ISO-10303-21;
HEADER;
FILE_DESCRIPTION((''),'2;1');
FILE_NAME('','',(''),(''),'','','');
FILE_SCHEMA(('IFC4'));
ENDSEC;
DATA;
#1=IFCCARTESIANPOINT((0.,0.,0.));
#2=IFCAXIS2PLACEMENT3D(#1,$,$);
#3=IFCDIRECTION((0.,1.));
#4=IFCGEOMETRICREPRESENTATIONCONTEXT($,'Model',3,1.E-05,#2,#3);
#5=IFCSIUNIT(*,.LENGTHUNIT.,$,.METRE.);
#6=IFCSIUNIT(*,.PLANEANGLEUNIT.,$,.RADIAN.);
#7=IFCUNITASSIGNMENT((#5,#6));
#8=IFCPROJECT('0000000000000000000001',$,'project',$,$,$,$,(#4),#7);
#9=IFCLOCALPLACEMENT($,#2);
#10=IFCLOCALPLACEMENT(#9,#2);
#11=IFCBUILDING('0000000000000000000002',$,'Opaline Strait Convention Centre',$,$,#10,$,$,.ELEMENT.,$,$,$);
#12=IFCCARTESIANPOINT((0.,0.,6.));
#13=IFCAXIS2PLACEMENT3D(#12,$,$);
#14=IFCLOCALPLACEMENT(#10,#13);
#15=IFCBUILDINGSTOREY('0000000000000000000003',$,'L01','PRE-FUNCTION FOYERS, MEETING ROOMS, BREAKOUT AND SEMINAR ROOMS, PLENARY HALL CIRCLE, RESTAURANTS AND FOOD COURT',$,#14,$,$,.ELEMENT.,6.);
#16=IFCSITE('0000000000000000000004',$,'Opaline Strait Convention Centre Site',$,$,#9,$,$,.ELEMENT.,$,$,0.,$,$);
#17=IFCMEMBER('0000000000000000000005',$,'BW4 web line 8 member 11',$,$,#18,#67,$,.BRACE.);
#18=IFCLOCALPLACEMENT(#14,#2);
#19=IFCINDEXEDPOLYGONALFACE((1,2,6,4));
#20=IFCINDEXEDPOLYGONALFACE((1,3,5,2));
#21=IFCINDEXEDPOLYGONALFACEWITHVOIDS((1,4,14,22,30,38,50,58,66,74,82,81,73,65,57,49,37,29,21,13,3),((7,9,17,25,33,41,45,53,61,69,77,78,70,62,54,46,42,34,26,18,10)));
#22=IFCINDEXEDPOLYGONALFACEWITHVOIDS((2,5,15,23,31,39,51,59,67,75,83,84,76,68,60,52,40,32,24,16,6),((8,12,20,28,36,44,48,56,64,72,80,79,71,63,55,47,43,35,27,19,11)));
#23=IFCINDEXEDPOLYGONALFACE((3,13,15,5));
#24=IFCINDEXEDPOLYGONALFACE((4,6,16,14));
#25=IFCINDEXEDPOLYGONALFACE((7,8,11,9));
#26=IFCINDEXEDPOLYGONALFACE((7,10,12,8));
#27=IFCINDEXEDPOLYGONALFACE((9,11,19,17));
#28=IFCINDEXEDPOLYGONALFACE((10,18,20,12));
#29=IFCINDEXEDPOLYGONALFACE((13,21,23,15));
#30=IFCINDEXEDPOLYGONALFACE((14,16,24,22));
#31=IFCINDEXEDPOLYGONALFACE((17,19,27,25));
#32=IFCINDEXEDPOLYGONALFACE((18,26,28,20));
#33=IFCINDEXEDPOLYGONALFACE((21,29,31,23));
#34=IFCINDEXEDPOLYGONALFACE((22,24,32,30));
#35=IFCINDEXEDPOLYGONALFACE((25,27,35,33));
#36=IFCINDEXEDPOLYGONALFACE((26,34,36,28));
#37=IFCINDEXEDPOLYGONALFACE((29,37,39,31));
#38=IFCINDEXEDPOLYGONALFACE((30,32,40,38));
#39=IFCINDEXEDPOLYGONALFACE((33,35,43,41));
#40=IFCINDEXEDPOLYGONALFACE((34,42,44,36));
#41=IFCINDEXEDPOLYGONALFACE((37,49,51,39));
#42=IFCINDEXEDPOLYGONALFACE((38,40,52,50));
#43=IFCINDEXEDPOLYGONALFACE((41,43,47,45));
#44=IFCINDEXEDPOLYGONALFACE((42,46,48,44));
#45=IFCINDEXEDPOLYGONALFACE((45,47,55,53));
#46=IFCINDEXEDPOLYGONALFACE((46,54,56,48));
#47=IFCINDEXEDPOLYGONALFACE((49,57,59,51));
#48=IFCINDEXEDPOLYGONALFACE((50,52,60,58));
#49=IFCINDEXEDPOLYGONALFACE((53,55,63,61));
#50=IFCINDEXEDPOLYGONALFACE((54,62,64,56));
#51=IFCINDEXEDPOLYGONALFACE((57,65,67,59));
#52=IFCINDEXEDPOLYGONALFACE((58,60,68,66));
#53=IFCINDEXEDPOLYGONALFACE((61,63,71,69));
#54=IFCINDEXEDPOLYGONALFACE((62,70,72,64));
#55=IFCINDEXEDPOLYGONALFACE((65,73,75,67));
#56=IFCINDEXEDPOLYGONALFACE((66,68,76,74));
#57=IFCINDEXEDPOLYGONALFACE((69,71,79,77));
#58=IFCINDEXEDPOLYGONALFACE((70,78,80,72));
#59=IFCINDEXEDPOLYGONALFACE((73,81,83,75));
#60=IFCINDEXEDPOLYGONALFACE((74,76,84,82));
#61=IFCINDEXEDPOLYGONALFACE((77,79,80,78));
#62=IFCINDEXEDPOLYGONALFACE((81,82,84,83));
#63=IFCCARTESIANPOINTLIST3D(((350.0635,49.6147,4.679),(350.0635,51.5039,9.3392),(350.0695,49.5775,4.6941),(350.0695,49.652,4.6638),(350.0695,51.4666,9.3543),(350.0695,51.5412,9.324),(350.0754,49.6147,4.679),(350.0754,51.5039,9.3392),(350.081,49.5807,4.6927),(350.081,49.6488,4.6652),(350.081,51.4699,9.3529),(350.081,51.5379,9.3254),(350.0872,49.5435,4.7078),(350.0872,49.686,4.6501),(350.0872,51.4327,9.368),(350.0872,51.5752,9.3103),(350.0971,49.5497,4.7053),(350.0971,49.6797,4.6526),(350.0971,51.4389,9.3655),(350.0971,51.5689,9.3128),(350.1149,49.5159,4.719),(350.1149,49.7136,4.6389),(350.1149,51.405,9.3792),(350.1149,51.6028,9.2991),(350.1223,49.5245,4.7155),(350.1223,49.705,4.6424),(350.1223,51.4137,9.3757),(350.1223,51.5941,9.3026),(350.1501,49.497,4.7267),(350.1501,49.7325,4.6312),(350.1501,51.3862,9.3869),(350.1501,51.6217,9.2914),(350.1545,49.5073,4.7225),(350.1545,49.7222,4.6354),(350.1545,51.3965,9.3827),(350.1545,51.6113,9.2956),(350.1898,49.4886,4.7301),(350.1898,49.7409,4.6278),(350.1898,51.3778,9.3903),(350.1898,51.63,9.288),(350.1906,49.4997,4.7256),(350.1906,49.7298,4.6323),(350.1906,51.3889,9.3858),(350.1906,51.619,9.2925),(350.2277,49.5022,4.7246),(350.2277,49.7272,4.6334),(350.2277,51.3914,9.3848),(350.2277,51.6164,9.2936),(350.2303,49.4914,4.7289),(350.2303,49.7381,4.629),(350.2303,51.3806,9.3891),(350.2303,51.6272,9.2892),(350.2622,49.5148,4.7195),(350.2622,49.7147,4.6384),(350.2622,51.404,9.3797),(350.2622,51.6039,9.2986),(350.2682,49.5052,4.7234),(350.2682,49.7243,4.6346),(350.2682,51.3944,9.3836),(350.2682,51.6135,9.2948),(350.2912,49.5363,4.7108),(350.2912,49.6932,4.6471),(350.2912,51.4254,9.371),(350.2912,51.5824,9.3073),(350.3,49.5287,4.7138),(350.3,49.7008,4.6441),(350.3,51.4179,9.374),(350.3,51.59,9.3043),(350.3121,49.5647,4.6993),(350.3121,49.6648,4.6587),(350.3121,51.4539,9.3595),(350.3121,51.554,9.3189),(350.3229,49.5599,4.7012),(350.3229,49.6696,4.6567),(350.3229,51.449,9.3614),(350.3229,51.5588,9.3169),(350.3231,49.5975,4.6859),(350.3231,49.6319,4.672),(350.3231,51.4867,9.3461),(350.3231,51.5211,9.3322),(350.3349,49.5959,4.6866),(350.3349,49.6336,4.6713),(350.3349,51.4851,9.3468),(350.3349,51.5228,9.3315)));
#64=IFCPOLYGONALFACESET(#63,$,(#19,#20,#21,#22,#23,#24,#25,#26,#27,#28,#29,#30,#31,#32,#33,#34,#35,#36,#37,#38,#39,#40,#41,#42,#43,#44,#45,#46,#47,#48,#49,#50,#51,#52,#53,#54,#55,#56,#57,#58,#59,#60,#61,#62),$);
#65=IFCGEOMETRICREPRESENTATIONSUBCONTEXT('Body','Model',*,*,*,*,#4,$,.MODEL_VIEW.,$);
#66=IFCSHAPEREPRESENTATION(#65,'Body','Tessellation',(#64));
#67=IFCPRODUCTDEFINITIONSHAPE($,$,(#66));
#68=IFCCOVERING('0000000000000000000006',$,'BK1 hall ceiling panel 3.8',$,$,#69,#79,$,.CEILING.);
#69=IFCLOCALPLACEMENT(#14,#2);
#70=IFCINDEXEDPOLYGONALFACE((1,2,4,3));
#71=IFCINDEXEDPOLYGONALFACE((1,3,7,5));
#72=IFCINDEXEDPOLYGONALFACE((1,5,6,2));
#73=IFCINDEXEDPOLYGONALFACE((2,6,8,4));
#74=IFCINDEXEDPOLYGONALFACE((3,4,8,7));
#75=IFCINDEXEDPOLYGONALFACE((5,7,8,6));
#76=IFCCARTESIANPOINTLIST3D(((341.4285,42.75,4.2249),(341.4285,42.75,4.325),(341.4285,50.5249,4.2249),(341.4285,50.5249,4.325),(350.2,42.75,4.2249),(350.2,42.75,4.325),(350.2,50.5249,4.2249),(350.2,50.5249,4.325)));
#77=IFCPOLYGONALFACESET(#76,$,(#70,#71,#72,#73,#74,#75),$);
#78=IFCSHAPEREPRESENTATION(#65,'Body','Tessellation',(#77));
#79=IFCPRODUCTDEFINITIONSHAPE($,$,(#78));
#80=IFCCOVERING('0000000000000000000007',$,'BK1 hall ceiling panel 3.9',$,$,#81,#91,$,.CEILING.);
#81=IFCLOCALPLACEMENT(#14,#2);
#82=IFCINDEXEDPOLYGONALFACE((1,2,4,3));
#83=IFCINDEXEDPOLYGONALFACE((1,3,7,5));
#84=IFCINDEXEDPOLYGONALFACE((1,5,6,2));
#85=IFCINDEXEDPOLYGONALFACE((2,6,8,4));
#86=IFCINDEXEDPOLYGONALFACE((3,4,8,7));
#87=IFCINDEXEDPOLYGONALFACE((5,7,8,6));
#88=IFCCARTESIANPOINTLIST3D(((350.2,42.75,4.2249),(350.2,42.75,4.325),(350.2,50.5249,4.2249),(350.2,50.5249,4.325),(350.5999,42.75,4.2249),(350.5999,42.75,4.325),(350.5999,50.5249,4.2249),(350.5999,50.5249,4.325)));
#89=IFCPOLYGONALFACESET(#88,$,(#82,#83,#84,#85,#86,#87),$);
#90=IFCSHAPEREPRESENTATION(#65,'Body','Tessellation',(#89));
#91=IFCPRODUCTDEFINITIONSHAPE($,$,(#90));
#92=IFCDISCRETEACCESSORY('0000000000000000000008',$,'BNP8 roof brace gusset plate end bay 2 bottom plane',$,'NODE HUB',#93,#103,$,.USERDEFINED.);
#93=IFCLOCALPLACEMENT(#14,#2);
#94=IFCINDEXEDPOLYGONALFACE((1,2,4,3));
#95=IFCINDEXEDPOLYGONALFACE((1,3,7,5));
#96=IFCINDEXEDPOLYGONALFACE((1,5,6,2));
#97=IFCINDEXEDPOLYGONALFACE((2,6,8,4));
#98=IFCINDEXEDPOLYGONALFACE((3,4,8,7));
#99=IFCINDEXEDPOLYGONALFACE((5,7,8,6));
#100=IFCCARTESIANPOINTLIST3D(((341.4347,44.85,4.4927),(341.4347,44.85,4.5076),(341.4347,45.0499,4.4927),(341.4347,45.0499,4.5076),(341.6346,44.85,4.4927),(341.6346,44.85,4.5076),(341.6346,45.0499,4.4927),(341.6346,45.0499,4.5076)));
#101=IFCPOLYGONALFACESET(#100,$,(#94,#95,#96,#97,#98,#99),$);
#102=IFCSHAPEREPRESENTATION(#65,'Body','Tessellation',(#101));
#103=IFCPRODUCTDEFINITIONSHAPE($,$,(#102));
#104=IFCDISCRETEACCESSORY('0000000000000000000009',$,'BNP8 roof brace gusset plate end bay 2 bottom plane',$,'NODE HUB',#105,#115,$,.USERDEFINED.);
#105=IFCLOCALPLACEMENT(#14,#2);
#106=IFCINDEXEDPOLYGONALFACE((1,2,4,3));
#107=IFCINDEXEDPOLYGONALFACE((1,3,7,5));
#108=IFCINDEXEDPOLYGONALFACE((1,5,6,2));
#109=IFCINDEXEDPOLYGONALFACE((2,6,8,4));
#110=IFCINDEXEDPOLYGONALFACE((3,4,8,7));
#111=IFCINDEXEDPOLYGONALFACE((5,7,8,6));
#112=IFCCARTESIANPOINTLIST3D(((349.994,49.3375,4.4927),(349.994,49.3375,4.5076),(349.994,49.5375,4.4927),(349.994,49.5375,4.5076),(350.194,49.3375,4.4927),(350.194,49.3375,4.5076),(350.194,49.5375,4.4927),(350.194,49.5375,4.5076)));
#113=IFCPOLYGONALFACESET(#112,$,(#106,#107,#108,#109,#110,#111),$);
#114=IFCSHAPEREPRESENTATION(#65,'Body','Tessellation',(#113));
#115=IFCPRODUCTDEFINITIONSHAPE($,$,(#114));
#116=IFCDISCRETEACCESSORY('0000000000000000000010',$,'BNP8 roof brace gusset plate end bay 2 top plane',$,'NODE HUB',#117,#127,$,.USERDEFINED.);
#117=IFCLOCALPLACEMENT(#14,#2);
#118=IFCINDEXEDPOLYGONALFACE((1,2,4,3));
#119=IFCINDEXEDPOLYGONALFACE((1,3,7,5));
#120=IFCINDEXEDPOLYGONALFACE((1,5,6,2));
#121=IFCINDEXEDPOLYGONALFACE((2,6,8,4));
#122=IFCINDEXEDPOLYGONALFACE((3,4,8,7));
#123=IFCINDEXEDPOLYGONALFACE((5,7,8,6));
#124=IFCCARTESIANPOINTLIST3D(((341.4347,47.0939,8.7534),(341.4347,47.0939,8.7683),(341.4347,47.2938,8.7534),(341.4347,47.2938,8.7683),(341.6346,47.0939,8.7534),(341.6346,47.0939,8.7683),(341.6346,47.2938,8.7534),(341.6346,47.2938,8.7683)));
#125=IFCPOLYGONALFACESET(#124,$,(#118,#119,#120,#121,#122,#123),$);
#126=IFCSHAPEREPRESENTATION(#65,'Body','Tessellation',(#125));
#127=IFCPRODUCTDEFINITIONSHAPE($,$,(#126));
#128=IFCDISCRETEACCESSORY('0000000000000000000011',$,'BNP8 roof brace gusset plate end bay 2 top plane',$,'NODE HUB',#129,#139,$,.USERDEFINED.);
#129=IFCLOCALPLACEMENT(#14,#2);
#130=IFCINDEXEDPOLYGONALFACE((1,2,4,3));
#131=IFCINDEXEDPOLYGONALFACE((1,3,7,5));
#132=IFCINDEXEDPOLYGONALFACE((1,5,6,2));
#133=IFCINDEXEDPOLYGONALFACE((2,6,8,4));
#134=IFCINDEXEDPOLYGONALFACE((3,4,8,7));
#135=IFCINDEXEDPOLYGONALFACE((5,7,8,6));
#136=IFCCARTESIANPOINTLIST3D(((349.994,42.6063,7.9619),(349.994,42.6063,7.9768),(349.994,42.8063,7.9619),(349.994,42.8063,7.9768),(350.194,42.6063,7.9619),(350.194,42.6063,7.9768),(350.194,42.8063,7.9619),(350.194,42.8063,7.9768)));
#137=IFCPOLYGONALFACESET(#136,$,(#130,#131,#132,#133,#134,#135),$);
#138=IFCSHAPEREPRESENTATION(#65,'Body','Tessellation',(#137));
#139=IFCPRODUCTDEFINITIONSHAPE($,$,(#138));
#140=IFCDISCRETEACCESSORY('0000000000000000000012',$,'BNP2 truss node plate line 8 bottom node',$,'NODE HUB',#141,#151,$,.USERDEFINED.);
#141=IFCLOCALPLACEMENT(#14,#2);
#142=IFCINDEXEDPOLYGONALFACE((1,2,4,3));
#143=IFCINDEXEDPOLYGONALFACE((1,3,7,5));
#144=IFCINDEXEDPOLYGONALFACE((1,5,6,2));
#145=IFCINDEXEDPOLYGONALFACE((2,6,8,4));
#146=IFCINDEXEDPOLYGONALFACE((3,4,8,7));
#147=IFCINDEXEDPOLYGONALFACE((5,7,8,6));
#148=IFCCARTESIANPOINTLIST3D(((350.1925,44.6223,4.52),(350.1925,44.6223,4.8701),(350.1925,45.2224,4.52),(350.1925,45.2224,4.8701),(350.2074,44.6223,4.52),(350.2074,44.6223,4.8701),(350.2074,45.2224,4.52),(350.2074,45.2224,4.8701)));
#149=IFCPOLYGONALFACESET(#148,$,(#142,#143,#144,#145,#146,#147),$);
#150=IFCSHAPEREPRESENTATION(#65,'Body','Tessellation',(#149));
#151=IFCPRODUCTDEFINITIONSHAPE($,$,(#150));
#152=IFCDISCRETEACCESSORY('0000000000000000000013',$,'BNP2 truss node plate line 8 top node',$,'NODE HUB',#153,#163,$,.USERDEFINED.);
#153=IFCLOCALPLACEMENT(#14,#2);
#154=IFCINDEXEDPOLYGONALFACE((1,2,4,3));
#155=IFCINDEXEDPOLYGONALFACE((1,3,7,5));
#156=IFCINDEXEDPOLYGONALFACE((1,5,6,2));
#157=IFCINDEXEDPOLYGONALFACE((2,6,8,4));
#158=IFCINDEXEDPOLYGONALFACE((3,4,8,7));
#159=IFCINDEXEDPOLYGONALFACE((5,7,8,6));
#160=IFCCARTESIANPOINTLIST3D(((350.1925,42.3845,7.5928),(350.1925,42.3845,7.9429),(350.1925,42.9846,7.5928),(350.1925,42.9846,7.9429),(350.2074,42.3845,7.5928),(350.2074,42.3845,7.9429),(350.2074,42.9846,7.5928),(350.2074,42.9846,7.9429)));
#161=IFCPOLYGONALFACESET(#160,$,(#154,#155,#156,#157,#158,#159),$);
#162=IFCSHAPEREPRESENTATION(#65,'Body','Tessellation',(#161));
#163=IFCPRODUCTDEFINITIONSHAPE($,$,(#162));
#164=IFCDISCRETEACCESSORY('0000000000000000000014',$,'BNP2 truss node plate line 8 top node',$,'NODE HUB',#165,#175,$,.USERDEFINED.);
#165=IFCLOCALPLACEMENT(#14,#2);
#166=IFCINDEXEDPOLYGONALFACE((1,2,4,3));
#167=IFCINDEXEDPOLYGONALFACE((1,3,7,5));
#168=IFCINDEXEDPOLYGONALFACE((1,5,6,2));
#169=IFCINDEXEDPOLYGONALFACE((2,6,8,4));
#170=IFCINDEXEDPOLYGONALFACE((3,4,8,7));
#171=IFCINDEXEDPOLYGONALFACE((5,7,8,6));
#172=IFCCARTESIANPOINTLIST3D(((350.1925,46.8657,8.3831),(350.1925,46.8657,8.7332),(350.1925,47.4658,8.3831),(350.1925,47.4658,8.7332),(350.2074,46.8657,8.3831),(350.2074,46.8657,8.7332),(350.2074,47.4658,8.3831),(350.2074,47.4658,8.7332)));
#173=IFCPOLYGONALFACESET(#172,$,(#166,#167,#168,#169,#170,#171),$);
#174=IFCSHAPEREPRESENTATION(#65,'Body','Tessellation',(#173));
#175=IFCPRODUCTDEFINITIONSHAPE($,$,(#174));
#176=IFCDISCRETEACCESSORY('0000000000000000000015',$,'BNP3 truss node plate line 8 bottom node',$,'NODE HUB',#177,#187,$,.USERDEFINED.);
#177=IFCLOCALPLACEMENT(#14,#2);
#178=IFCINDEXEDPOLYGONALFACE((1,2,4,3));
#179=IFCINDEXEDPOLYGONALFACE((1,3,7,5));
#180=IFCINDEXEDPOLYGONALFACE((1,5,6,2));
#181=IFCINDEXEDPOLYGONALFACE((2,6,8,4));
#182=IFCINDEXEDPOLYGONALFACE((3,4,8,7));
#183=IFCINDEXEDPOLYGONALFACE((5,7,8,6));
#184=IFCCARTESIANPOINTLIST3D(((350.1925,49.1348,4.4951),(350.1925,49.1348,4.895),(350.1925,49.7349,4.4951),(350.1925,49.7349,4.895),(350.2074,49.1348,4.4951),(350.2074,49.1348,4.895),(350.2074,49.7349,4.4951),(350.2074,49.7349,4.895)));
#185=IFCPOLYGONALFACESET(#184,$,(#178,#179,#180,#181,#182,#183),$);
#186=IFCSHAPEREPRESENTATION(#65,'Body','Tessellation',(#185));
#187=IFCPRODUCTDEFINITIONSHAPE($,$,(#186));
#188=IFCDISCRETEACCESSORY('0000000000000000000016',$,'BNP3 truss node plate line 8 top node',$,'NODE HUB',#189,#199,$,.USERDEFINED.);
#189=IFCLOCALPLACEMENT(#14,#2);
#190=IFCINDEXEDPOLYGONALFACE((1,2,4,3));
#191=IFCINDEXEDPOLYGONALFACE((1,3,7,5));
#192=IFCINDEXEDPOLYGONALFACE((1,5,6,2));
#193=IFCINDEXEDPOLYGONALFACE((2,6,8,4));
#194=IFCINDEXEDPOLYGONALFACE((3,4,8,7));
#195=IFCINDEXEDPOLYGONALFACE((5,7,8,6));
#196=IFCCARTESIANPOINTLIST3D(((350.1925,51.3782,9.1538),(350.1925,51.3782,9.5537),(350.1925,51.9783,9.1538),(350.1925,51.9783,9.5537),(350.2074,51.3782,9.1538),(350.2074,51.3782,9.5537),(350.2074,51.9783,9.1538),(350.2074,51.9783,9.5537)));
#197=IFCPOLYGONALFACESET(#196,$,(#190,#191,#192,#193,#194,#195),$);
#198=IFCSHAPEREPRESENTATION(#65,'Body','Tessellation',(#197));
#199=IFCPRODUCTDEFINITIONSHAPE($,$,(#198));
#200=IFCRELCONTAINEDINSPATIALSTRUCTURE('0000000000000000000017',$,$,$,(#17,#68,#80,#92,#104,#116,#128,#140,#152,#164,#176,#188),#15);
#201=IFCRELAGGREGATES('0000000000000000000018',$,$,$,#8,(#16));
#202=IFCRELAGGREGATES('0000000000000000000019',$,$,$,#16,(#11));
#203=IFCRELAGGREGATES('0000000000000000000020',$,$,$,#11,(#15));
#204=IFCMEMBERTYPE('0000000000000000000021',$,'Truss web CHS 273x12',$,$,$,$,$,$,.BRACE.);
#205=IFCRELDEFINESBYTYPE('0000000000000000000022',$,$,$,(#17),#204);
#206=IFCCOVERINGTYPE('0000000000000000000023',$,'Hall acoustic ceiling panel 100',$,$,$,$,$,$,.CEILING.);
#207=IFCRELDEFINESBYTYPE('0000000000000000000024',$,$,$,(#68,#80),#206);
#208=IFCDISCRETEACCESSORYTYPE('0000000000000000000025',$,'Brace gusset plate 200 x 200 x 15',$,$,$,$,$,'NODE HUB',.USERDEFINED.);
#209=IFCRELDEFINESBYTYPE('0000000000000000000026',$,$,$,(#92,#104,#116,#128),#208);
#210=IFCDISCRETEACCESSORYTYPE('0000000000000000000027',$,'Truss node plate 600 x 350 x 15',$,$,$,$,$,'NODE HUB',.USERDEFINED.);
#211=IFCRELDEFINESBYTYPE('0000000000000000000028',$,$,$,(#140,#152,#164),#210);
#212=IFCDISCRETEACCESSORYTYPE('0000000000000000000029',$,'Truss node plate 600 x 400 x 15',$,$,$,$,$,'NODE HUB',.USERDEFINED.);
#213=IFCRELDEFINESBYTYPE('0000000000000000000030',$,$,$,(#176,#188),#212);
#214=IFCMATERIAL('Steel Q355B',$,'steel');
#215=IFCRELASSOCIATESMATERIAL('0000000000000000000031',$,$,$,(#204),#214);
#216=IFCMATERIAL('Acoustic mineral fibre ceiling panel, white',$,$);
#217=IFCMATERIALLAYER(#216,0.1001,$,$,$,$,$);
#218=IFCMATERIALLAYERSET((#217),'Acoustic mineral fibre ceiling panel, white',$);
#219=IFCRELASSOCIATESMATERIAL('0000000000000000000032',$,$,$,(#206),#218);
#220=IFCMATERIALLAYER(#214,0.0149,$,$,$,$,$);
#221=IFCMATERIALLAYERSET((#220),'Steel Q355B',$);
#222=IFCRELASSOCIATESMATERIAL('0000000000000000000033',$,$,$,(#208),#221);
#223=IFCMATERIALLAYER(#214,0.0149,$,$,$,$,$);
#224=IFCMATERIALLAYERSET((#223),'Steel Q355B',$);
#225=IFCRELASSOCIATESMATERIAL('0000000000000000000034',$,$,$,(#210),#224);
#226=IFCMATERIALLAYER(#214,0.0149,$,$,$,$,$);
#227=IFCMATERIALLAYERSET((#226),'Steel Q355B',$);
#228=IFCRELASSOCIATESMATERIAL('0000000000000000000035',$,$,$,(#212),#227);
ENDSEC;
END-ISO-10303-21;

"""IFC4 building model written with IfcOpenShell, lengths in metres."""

from ifc_helpers import new_model, si_unit, direction, frame, origin, origin_2d, place, context, subcontext, project, spatial, rectangle, hollow_circle, extrude, material, layer, layer_set, material_profile, profile_set, type_object, element, save


model = new_model("IFC4")

# Units and contexts
model_context = context("Model", 3, precision=1e-05, world=origin(), true_north=direction((0.0, 1.0)))
body_context = subcontext(model_context, "Body", "Model", "MODEL_VIEW")
ifc_project = project(units=[si_unit("LENGTHUNIT", "METRE"), si_unit("PLANEANGLEUNIT", "RADIAN")], contexts=[model_context])

# Site, building, storey
site_placement = place(None, origin())
site = spatial("IfcSite", under=ifc_project, at=site_placement, Name="Opaline Strait Convention Centre Site", CompositionType="ELEMENT", RefElevation=0.0)
building_placement = place(site_placement, origin())
building = spatial("IfcBuilding", under=site, at=building_placement, Name="Opaline Strait Convention Centre", CompositionType="ELEMENT")
storey_placement = place(building_placement, frame((0.0, 0.0, 6.0)))
storey = spatial("IfcBuildingStorey", under=building, at=storey_placement, Name="L01", Description="PRE-FUNCTION FOYERS, MEETING ROOMS, BREAKOUT AND SEMINAR ROOMS, PLENARY HALL CIRCLE, RESTAURANTS AND FOOD COURT", CompositionType="ELEMENT", Elevation=6.0)

# Member
ifc_material_1 = material(Name="Steel Q355B", Category="steel")
ifc_material_profile_1 = material_profile(ifc_material_1, hollow_circle(Radius=0.1365, WallThickness=0.012, at=origin_2d()), Name="CHS 273x12")
ifc_profile_set_1 = profile_set([ifc_material_profile_1], Name="Steel Q355B")
member_type_1 = type_object("IfcMemberType", Name="Truss web CHS 273x12", PredefinedType="BRACE", material=ifc_profile_set_1)
member_1_placement = place(storey_placement, frame((350.2, 49.6147, 4.679), z_axis=(0.0, 0.375689, 0.926746), x_axis=(-1.0, 0.0, 0.0)))
element("IfcMember", 1, at=member_1_placement, inside=storey, type_object=member_type_1, Name="BW4 web line 8 member 11", PredefinedType="BRACE", context=body_context, shape_type="SweptSolid", body=[
    extrude(hollow_circle(Radius=0.1365, WallThickness=0.012, at=origin_2d()), origin(), (0.0, 0.0, 1.0), 5.0286),
])

# Coverings
ifc_material_2 = material(Name="Acoustic mineral fibre ceiling panel, white")
ifc_layer_1 = layer(ifc_material_2, 0.1001)
ifc_layer_set_1 = layer_set([ifc_layer_1], Name="Acoustic mineral fibre ceiling panel, white")
covering_type = type_object("IfcCoveringType", Name="Hall acoustic ceiling panel 100", PredefinedType="CEILING", material=ifc_layer_set_1)
covering_1_placement = place(storey_placement, frame((345.8142, 46.6375, 4.2249), z_axis=(0.0, 0.0, 1.0), x_axis=(1.0, 0.0, 0.0)))
element("IfcCovering", 2, at=covering_1_placement, inside=storey, type_object=covering_type, Name="BK1 hall ceiling panel 3.8", PredefinedType="CEILING", context=body_context, shape_type="SweptSolid", body=[
    extrude(rectangle(XDim=8.7715, YDim=7.7749, at=origin_2d()), origin(), (0.0, 0.0, 1.0), 0.1001),
])
covering_2_placement = place(storey_placement, frame((350.3999, 46.6375, 4.2249), z_axis=(0.0, 0.0, 1.0), x_axis=(1.0, 0.0, 0.0)))
element("IfcCovering", 3, at=covering_2_placement, inside=storey, type_object=covering_type, Name="BK1 hall ceiling panel 3.9", PredefinedType="CEILING", context=body_context, shape_type="SweptSolid", body=[
    extrude(rectangle(XDim=0.3999, YDim=7.7749, at=origin_2d()), origin(), (0.0, 0.0, 1.0), 0.1001),
])

# Discrete accessories
ifc_layer_2 = layer(ifc_material_1, 0.0149)
ifc_layer_set_2 = layer_set([ifc_layer_2], Name="Steel Q355B")
discrete_accessory_type_1 = type_object("IfcDiscreteAccessoryType", Name="Brace gusset plate 200 x 200 x 15", ElementType="NODE HUB", PredefinedType="USERDEFINED", material=ifc_layer_set_2)
for number, where, z_axis, x_axis, name in (
    (4, (341.5347, 44.95, 4.4927), (0.0, 0.0, 1.0), (1.0, 0.0, 0.0), "BNP8 roof brace gusset plate end bay 2 bottom plane"),
    (5, (350.094, 49.4375, 4.4927), (0.0, 0.0, 1.0), (1.0, 0.0, 0.0), "BNP8 roof brace gusset plate end bay 2 bottom plane"),
    (6, (341.5347, 47.1938, 8.7534), (0.0, 0.0, 1.0), (1.0, 0.0, 0.0), "BNP8 roof brace gusset plate end bay 2 top plane"),
    (7, (350.094, 42.7063, 7.9619), (0.0, 0.0, 1.0), (1.0, 0.0, 0.0), "BNP8 roof brace gusset plate end bay 2 top plane"),
):
    element("IfcDiscreteAccessory", number, at=place(storey_placement, frame(where, z_axis=z_axis, x_axis=x_axis)), inside=storey, type_object=discrete_accessory_type_1, Name=name, ObjectType="NODE HUB", PredefinedType="USERDEFINED", context=body_context, shape_type="SweptSolid", body=[
        extrude(rectangle(XDim=0.2, YDim=0.2, at=origin_2d()), origin(), (0.0, 0.0, 1.0), 0.0149),
    ])
ifc_layer_3 = layer(ifc_material_1, 0.0149)
ifc_layer_set_3 = layer_set([ifc_layer_3], Name="Steel Q355B")
discrete_accessory_type_2 = type_object("IfcDiscreteAccessoryType", Name="Truss node plate 600 x 350 x 15", ElementType="NODE HUB", PredefinedType="USERDEFINED", material=ifc_layer_set_3)
for number, where, z_axis, x_axis, name in (
    (8, (350.2, 44.9224, 4.52), (0.0, 0.0, 1.0), (1.0, 0.0, 0.0), "BNP2 truss node plate line 8 bottom node"),
    (9, (350.2, 42.6846, 7.5928), (0.0, 0.0, 1.0), (1.0, 0.0, 0.0), "BNP2 truss node plate line 8 top node"),
    (10, (350.2, 47.1658, 8.3831), (0.0, 0.0, 1.0), (1.0, 0.0, 0.0), "BNP2 truss node plate line 8 top node"),
):
    element("IfcDiscreteAccessory", number, at=place(storey_placement, frame(where, z_axis=z_axis, x_axis=x_axis)), inside=storey, type_object=discrete_accessory_type_2, Name=name, ObjectType="NODE HUB", PredefinedType="USERDEFINED", context=body_context, shape_type="SweptSolid", body=[
        extrude(rectangle(XDim=0.0149, YDim=0.6001, at=origin_2d()), origin(), (0.0, 0.0, 1.0), 0.3501),
    ])
ifc_layer_4 = layer(ifc_material_1, 0.0149)
ifc_layer_set_4 = layer_set([ifc_layer_4], Name="Steel Q355B")
discrete_accessory_type_3 = type_object("IfcDiscreteAccessoryType", Name="Truss node plate 600 x 400 x 15", ElementType="NODE HUB", PredefinedType="USERDEFINED", material=ifc_layer_set_4)
for number, where, z_axis, x_axis, name in (
    (11, (350.2, 49.4348, 4.4951), (0.0, 0.0, 1.0), (1.0, 0.0, 0.0), "BNP3 truss node plate line 8 bottom node"),
    (12, (350.2, 51.6782, 9.1538), (0.0, 0.0, 1.0), (1.0, 0.0, 0.0), "BNP3 truss node plate line 8 top node"),
):
    element("IfcDiscreteAccessory", number, at=place(storey_placement, frame(where, z_axis=z_axis, x_axis=x_axis)), inside=storey, type_object=discrete_accessory_type_3, Name=name, ObjectType="NODE HUB", PredefinedType="USERDEFINED", context=body_context, shape_type="SweptSolid", body=[
        extrude(rectangle(XDim=0.0149, YDim=0.6001, at=origin_2d()), origin(), (0.0, 0.0, 1.0), 0.3999),
    ])

save(model, "model.ifc")
